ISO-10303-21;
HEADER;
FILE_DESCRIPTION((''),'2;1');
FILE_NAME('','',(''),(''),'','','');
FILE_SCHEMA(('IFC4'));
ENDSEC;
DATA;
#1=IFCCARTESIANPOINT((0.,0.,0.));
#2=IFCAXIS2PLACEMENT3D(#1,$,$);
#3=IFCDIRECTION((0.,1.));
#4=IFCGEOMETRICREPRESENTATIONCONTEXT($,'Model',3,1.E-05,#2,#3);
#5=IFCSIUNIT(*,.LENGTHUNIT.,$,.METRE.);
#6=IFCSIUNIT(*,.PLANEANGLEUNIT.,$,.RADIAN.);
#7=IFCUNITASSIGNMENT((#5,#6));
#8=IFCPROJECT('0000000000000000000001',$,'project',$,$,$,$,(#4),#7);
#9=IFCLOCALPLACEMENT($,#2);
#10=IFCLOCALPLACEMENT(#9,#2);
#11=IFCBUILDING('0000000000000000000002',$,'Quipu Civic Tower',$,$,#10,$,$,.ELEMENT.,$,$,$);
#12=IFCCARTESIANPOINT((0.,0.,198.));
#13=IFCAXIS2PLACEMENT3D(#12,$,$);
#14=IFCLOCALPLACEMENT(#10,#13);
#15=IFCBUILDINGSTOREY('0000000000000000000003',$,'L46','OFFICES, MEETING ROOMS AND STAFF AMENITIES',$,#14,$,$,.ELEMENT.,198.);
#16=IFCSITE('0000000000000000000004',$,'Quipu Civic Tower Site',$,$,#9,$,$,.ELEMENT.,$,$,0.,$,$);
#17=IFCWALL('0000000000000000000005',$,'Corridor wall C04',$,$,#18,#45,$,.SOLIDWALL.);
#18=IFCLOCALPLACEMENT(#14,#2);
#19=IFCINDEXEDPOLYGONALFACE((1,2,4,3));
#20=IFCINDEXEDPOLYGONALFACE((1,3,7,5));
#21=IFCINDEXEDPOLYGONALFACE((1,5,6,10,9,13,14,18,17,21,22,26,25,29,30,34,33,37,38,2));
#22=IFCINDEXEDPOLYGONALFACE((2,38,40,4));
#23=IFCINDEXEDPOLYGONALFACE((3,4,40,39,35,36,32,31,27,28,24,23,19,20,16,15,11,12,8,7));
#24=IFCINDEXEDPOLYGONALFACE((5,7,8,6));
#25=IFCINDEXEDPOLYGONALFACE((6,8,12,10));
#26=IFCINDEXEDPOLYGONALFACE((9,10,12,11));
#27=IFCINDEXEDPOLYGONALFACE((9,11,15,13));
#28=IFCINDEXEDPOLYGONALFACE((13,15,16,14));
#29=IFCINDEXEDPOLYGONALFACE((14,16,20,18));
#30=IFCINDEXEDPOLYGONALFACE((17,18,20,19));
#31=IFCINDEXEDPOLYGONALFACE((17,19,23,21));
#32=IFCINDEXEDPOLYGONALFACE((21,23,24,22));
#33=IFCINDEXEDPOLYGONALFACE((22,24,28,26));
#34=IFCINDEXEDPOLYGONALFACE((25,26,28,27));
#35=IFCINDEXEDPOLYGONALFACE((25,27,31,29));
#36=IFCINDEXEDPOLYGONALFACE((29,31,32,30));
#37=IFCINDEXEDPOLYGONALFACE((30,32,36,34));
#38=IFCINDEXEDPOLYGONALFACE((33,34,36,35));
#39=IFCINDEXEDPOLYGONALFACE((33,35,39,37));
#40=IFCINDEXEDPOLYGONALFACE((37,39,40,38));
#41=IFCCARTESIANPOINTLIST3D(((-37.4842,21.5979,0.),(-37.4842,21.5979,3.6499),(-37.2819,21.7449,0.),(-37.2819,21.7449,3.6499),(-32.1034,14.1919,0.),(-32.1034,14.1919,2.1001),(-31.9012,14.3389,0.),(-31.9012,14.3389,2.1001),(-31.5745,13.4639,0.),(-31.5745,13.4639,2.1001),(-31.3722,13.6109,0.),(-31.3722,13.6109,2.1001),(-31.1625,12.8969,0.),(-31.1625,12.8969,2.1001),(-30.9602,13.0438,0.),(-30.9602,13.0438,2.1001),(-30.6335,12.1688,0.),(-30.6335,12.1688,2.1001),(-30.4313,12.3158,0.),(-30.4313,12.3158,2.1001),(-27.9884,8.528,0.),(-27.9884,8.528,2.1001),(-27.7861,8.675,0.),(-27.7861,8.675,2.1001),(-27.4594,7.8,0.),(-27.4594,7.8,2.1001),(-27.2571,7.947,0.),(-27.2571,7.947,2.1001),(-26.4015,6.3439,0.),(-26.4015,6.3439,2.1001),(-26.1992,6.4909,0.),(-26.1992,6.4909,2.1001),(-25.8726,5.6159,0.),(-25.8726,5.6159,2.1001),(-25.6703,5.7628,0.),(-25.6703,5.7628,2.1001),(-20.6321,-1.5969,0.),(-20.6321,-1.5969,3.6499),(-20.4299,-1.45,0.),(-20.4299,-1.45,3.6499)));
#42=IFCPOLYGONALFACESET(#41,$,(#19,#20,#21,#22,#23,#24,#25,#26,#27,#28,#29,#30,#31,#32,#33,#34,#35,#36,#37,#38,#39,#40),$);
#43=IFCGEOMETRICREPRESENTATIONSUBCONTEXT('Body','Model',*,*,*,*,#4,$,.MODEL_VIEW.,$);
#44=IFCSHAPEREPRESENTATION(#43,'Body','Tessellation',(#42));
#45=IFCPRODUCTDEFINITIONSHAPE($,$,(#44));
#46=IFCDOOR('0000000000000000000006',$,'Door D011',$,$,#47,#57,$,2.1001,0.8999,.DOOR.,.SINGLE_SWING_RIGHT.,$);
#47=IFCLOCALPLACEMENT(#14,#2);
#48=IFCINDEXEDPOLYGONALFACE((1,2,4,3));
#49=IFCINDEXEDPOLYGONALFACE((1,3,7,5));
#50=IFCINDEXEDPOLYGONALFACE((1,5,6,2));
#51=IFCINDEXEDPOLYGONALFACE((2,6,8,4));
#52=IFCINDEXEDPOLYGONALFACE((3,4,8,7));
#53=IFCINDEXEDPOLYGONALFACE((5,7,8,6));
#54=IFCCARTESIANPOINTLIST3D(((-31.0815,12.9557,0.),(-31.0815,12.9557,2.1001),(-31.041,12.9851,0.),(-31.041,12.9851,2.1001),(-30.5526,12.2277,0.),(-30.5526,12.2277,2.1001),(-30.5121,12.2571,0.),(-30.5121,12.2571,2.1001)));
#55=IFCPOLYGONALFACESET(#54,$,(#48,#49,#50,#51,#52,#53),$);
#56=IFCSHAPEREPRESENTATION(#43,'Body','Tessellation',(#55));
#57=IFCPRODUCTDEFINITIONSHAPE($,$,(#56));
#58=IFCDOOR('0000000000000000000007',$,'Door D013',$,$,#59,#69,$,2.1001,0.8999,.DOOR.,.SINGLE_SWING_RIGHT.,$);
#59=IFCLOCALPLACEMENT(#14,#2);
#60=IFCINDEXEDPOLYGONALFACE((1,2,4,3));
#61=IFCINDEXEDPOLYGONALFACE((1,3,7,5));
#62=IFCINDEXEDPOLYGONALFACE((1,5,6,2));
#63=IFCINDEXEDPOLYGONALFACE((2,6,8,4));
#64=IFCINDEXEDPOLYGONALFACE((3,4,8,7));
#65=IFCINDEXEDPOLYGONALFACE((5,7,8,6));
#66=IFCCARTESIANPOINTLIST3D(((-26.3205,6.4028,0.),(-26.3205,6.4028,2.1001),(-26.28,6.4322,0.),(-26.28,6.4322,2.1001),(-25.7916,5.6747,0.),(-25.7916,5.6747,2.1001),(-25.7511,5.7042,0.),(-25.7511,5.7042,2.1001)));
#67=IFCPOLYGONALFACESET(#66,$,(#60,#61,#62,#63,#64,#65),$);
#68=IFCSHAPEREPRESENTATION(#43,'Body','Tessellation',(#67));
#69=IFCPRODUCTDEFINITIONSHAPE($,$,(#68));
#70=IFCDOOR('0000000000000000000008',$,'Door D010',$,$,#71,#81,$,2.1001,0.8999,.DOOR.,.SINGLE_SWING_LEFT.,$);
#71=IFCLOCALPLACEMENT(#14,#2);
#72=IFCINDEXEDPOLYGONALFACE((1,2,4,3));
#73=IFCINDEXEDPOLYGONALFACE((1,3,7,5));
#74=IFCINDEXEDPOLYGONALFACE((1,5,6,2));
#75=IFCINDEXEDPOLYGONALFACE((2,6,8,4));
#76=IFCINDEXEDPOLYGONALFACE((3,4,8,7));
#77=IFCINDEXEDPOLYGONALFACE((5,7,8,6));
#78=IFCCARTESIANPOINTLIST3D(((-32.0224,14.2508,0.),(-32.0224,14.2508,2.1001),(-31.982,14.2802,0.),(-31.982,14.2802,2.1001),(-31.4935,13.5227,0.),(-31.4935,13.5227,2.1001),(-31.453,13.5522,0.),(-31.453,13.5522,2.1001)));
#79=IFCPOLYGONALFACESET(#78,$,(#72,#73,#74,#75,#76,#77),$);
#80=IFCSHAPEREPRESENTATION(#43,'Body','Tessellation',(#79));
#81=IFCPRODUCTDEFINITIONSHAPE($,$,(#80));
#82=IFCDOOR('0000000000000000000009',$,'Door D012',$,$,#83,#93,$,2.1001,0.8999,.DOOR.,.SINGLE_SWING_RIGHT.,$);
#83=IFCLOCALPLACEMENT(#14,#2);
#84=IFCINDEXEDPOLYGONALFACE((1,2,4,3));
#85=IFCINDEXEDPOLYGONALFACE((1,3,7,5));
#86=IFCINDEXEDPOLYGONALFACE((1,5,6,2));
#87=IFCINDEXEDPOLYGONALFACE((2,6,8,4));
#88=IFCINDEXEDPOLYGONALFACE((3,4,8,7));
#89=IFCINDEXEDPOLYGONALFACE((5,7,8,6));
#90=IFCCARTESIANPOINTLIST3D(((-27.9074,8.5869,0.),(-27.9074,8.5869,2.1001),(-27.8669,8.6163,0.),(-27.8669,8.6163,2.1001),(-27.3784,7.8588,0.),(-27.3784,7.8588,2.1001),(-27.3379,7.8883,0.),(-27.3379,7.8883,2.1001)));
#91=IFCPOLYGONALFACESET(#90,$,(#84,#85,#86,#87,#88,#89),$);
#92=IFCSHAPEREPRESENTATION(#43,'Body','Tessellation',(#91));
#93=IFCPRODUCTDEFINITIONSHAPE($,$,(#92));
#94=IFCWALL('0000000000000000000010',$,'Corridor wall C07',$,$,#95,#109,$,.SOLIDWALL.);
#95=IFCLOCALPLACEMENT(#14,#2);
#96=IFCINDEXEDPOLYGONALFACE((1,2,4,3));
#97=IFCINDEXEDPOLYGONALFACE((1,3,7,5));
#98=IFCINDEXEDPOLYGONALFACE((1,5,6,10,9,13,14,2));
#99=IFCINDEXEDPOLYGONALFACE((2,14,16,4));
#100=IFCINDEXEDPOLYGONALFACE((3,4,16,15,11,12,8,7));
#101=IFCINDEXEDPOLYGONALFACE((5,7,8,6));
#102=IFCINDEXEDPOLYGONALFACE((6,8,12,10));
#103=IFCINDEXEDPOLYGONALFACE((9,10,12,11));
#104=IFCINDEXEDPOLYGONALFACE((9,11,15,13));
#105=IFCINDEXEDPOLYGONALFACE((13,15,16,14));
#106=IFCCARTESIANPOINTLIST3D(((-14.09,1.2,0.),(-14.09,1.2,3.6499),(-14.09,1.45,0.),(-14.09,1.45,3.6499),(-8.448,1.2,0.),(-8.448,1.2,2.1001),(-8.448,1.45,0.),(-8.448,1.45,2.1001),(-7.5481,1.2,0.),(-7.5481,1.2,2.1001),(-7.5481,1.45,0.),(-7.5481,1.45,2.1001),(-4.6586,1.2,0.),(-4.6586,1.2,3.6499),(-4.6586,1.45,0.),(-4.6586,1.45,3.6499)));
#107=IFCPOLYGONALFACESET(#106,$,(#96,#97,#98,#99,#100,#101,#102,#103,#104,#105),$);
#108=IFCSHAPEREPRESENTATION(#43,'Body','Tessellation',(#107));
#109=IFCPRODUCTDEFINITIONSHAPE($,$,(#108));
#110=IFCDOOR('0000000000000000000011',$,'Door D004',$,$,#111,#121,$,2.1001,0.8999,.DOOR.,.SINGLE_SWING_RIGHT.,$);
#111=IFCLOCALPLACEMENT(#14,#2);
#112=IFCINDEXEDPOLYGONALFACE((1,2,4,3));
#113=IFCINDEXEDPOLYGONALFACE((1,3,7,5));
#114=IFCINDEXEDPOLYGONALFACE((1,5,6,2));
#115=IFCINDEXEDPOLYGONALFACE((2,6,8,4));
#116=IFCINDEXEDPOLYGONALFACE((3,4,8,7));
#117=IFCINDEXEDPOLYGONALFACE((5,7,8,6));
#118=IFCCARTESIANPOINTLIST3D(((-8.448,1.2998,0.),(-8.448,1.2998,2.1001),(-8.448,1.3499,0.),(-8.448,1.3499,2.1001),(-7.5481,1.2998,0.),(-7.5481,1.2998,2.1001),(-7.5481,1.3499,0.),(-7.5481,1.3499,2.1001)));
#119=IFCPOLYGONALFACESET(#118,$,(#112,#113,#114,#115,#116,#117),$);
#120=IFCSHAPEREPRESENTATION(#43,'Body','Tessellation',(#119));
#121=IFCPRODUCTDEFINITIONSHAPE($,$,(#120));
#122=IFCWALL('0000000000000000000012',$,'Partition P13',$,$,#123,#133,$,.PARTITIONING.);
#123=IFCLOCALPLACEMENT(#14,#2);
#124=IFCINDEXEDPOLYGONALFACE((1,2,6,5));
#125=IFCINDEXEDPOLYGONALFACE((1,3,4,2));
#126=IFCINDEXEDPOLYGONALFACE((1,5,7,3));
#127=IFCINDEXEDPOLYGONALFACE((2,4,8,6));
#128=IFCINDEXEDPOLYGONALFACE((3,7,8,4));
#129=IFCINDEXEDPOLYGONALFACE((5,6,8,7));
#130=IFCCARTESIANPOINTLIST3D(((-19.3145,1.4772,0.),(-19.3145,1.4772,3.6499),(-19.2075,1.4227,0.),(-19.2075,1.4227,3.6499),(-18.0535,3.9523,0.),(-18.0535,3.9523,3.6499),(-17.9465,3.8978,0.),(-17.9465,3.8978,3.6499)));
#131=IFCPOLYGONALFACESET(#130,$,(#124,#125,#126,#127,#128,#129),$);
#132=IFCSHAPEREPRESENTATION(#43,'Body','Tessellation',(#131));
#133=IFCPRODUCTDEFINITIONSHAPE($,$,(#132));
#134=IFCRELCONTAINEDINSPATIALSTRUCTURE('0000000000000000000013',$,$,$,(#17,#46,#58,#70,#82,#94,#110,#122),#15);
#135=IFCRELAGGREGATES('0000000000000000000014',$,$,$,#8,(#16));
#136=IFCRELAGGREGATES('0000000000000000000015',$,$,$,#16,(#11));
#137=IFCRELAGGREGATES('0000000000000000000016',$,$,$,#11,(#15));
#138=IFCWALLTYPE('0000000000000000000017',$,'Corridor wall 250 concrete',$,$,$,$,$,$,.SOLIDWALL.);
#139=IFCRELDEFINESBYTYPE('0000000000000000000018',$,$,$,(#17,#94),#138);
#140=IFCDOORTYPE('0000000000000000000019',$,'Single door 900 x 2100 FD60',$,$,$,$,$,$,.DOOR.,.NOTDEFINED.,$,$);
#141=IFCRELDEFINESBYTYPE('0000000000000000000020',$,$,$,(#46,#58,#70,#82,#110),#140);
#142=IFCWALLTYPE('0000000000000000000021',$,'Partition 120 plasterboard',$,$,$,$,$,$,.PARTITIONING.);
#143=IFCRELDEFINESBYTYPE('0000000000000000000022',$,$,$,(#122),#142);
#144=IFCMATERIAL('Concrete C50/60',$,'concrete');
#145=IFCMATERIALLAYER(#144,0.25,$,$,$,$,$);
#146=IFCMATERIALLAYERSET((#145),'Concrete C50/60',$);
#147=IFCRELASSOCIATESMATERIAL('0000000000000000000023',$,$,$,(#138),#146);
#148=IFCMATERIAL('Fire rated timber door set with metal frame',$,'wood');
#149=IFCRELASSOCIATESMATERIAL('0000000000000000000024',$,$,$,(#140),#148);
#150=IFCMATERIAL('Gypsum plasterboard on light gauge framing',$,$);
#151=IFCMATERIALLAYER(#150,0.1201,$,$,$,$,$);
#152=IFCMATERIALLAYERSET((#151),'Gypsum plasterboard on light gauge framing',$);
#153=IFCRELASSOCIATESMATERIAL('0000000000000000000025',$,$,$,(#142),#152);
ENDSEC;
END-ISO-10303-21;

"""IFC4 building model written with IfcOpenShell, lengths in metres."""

from ifc_helpers import new_model, si_unit, direction, frame, frame_2d, origin, place, context, subcontext, project, spatial, rectangle, extrude, material, layer, layer_set, type_object, element, fill, save


model = new_model("IFC4")

# Units and contexts
model_context = context("Model", 3, precision=1e-05, world=origin(), true_north=direction((0.0, 1.0)))
body_context = subcontext(model_context, "Body", "Model", "MODEL_VIEW")
ifc_project = project(units=[si_unit("LENGTHUNIT", "METRE"), si_unit("PLANEANGLEUNIT", "RADIAN")], contexts=[model_context])

# Site, building, storey
site_placement = place(None, origin())
site = spatial("IfcSite", under=ifc_project, at=site_placement, Name="Quipu Civic Tower Site", CompositionType="ELEMENT", RefElevation=0.0)
building_placement = place(site_placement, origin())
building = spatial("IfcBuilding", under=site, at=building_placement, Name="Quipu Civic Tower", CompositionType="ELEMENT")
storey_placement = place(building_placement, frame((0.0, 0.0, 198.0)))
storey = spatial("IfcBuildingStorey", under=building, at=storey_placement, Name="L46", Description="OFFICES, MEETING ROOMS AND STAFF AMENITIES", CompositionType="ELEMENT", Elevation=198.0)

# Wall, openings, doors
ifc_material_1 = material(Name="Concrete C50/60", Category="concrete")
ifc_layer_1 = layer(ifc_material_1, 0.25)
ifc_layer_set_1 = layer_set([ifc_layer_1], Name="Concrete C50/60")
wall_type_1 = type_object("IfcWallType", Name="Corridor wall 250 concrete", PredefinedType="SOLIDWALL", material=ifc_layer_set_1)
wall_1_placement = place(storey_placement, frame((-20.531, -1.5234, 0.0), z_axis=(0.0, 0.0, 1.0), x_axis=(-0.587786, 0.809017, 0.0)))
wall_1 = element("IfcWall", 1, at=wall_1_placement, inside=storey, type_object=wall_type_1, Name="Corridor wall C04", PredefinedType="SOLIDWALL", context=body_context, shape_type="SweptSolid", body=[
    extrude(rectangle(XDim=28.6704, YDim=0.25, at=frame_2d((14.3352, 0.0))), origin(), (0.0, 0.0, 1.0), 3.6499),
])
opening_1_placement = place(wall_1_placement, frame((17.0154, 0.0, 0.0)))
opening_1 = element("IfcOpeningElement", 2, at=opening_1_placement, cuts=wall_1, PredefinedType="OPENING", context=body_context, shape_type="SweptSolid", body=[
    extrude(rectangle(XDim=0.8999, YDim=2.1001, at=frame_2d((0.45, 1.05))), frame((0.0, 0.135, 0.0), z_axis=(0.0, -1.0, 0.0), x_axis=(1.0, 0.0, 0.0)), (0.0, 0.0, 1.0), 0.27),
])
opening_2_placement = place(wall_1_placement, frame((8.9155, 0.0, 0.0)))
opening_2 = element("IfcOpeningElement", 3, at=opening_2_placement, cuts=wall_1, PredefinedType="OPENING", context=body_context, shape_type="SweptSolid", body=[
    extrude(rectangle(XDim=0.8999, YDim=2.1001, at=frame_2d((0.45, 1.05))), frame((0.0, 0.135, 0.0), z_axis=(0.0, -1.0, 0.0), x_axis=(1.0, 0.0, 0.0)), (0.0, 0.0, 1.0), 0.27),
])
opening_3_placement = place(wall_1_placement, frame((18.6162, 0.0, 0.0)))
opening_3 = element("IfcOpeningElement", 4, at=opening_3_placement, cuts=wall_1, PredefinedType="OPENING", context=body_context, shape_type="SweptSolid", body=[
    extrude(rectangle(XDim=0.8999, YDim=2.1001, at=frame_2d((0.45, 1.05))), frame((0.0, 0.135, 0.0), z_axis=(0.0, -1.0, 0.0), x_axis=(1.0, 0.0, 0.0)), (0.0, 0.0, 1.0), 0.27),
])
opening_4_placement = place(wall_1_placement, frame((11.6152, 0.0, 0.0)))
opening_4 = element("IfcOpeningElement", 5, at=opening_4_placement, cuts=wall_1, PredefinedType="OPENING", context=body_context, shape_type="SweptSolid", body=[
    extrude(rectangle(XDim=0.8999, YDim=2.1001, at=frame_2d((0.45, 1.05))), frame((0.0, 0.135, 0.0), z_axis=(0.0, -1.0, 0.0), x_axis=(1.0, 0.0, 0.0)), (0.0, 0.0, 1.0), 0.27),
])
ifc_material_2 = material(Name="Fire rated timber door set with metal frame", Category="wood")
door_type_1 = type_object("IfcDoorType", Name="Single door 900 x 2100 FD60", OperationType="NOTDEFINED", PredefinedType="DOOR", material=ifc_material_2)
door_1_placement = place(opening_1_placement, origin())
door_1 = element("IfcDoor", 6, at=door_1_placement, inside=storey, type_object=door_type_1, Name="Door D011", OperationType="SINGLE_SWING_RIGHT", OverallHeight=2.1001, OverallWidth=0.8999, PredefinedType="DOOR", context=body_context, shape_type="SweptSolid", body=[
    extrude(rectangle(XDim=0.8999, YDim=2.1001, at=frame_2d((0.45, 1.05))), frame((0.0, 0.0249, 0.0), z_axis=(0.0, -1.0, 0.0), x_axis=(1.0, 0.0, 0.0)), (0.0, 0.0, 1.0), 0.05),
])
fill(opening_1, door_1)
door_2_placement = place(opening_2_placement, origin())
door_2 = element("IfcDoor", 7, at=door_2_placement, inside=storey, type_object=door_type_1, Name="Door D013", OperationType="SINGLE_SWING_RIGHT", OverallHeight=2.1001, OverallWidth=0.8999, PredefinedType="DOOR", context=body_context, shape_type="SweptSolid", body=[
    extrude(rectangle(XDim=0.8999, YDim=2.1001, at=frame_2d((0.45, 1.05))), frame((0.0, 0.0249, 0.0), z_axis=(0.0, -1.0, 0.0), x_axis=(1.0, 0.0, 0.0)), (0.0, 0.0, 1.0), 0.05),
])
fill(opening_2, door_2)
door_3_placement = place(opening_3_placement, origin())
door_3 = element("IfcDoor", 8, at=door_3_placement, inside=storey, type_object=door_type_1, Name="Door D010", OperationType="SINGLE_SWING_LEFT", OverallHeight=2.1001, OverallWidth=0.8999, PredefinedType="DOOR", context=body_context, shape_type="SweptSolid", body=[
    extrude(rectangle(XDim=0.8999, YDim=2.1001, at=frame_2d((0.45, 1.05))), frame((0.0, 0.0249, 0.0), z_axis=(0.0, -1.0, 0.0), x_axis=(1.0, 0.0, 0.0)), (0.0, 0.0, 1.0), 0.05),
])
fill(opening_3, door_3)
door_4_placement = place(opening_4_placement, origin())
door_4 = element("IfcDoor", 9, at=door_4_placement, inside=storey, type_object=door_type_1, Name="Door D012", OperationType="SINGLE_SWING_RIGHT", OverallHeight=2.1001, OverallWidth=0.8999, PredefinedType="DOOR", context=body_context, shape_type="SweptSolid", body=[
    extrude(rectangle(XDim=0.8999, YDim=2.1001, at=frame_2d((0.45, 1.05))), frame((0.0, 0.0249, 0.0), z_axis=(0.0, -1.0, 0.0), x_axis=(1.0, 0.0, 0.0)), (0.0, 0.0, 1.0), 0.05),
])
fill(opening_4, door_4)

# Wall, opening, door
wall_2_placement = place(storey_placement, frame((-14.0901, 1.325, 0.0), z_axis=(0.0, 0.0, 1.0), x_axis=(1.0, 0.0, 0.0)))
wall_2 = element("IfcWall", 10, at=wall_2_placement, inside=storey, type_object=wall_type_1, Name="Corridor wall C07", PredefinedType="SOLIDWALL", context=body_context, shape_type="SweptSolid", body=[
    extrude(rectangle(XDim=9.4314, YDim=0.25, at=frame_2d((4.7158, 0.0))), origin(), (0.0, 0.0, 1.0), 3.6499),
])
opening_5_placement = place(wall_2_placement, frame((5.6421, 0.0, 0.0)))
opening_5 = element("IfcOpeningElement", 11, at=opening_5_placement, cuts=wall_2, PredefinedType="OPENING", context=body_context, shape_type="SweptSolid", body=[
    extrude(rectangle(XDim=0.8999, YDim=2.1001, at=frame_2d((0.45, 1.05))), frame((0.0, 0.135, 0.0), z_axis=(0.0, -1.0, 0.0), x_axis=(1.0, 0.0, 0.0)), (0.0, 0.0, 1.0), 0.27),
])
door_5_placement = place(opening_5_placement, origin())
door_5 = element("IfcDoor", 12, at=door_5_placement, inside=storey, type_object=door_type_1, Name="Door D004", OperationType="SINGLE_SWING_RIGHT", OverallHeight=2.1001, OverallWidth=0.8999, PredefinedType="DOOR", context=body_context, shape_type="SweptSolid", body=[
    extrude(rectangle(XDim=0.8999, YDim=2.1001, at=frame_2d((0.45, 1.05))), frame((0.0, 0.0249, 0.0), z_axis=(0.0, -1.0, 0.0), x_axis=(1.0, 0.0, 0.0)), (0.0, 0.0, 1.0), 0.05),
])
fill(opening_5, door_5)

# Wall
ifc_material_3 = material(Name="Gypsum plasterboard on light gauge framing")
ifc_layer_2 = layer(ifc_material_3, 0.1201)
ifc_layer_set_2 = layer_set([ifc_layer_2], Name="Gypsum plasterboard on light gauge framing")
wall_type_2 = type_object("IfcWallType", Name="Partition 120 plasterboard", PredefinedType="PARTITIONING", material=ifc_layer_set_2)
wall_3_placement = place(storey_placement, frame((-19.261, 1.45, 0.0), z_axis=(0.0, 0.0, 1.0), x_axis=(0.453951, 0.891027, 0.0)))
element("IfcWall", 13, at=wall_3_placement, inside=storey, type_object=wall_type_2, Name="Partition P13", PredefinedType="PARTITIONING", context=body_context, shape_type="SweptSolid", body=[
    extrude(rectangle(XDim=2.7778, YDim=0.1201, at=frame_2d((1.3889, 0.0))), origin(), (0.0, 0.0, 1.0), 3.6499),
])

save(model, "model.ifc")
